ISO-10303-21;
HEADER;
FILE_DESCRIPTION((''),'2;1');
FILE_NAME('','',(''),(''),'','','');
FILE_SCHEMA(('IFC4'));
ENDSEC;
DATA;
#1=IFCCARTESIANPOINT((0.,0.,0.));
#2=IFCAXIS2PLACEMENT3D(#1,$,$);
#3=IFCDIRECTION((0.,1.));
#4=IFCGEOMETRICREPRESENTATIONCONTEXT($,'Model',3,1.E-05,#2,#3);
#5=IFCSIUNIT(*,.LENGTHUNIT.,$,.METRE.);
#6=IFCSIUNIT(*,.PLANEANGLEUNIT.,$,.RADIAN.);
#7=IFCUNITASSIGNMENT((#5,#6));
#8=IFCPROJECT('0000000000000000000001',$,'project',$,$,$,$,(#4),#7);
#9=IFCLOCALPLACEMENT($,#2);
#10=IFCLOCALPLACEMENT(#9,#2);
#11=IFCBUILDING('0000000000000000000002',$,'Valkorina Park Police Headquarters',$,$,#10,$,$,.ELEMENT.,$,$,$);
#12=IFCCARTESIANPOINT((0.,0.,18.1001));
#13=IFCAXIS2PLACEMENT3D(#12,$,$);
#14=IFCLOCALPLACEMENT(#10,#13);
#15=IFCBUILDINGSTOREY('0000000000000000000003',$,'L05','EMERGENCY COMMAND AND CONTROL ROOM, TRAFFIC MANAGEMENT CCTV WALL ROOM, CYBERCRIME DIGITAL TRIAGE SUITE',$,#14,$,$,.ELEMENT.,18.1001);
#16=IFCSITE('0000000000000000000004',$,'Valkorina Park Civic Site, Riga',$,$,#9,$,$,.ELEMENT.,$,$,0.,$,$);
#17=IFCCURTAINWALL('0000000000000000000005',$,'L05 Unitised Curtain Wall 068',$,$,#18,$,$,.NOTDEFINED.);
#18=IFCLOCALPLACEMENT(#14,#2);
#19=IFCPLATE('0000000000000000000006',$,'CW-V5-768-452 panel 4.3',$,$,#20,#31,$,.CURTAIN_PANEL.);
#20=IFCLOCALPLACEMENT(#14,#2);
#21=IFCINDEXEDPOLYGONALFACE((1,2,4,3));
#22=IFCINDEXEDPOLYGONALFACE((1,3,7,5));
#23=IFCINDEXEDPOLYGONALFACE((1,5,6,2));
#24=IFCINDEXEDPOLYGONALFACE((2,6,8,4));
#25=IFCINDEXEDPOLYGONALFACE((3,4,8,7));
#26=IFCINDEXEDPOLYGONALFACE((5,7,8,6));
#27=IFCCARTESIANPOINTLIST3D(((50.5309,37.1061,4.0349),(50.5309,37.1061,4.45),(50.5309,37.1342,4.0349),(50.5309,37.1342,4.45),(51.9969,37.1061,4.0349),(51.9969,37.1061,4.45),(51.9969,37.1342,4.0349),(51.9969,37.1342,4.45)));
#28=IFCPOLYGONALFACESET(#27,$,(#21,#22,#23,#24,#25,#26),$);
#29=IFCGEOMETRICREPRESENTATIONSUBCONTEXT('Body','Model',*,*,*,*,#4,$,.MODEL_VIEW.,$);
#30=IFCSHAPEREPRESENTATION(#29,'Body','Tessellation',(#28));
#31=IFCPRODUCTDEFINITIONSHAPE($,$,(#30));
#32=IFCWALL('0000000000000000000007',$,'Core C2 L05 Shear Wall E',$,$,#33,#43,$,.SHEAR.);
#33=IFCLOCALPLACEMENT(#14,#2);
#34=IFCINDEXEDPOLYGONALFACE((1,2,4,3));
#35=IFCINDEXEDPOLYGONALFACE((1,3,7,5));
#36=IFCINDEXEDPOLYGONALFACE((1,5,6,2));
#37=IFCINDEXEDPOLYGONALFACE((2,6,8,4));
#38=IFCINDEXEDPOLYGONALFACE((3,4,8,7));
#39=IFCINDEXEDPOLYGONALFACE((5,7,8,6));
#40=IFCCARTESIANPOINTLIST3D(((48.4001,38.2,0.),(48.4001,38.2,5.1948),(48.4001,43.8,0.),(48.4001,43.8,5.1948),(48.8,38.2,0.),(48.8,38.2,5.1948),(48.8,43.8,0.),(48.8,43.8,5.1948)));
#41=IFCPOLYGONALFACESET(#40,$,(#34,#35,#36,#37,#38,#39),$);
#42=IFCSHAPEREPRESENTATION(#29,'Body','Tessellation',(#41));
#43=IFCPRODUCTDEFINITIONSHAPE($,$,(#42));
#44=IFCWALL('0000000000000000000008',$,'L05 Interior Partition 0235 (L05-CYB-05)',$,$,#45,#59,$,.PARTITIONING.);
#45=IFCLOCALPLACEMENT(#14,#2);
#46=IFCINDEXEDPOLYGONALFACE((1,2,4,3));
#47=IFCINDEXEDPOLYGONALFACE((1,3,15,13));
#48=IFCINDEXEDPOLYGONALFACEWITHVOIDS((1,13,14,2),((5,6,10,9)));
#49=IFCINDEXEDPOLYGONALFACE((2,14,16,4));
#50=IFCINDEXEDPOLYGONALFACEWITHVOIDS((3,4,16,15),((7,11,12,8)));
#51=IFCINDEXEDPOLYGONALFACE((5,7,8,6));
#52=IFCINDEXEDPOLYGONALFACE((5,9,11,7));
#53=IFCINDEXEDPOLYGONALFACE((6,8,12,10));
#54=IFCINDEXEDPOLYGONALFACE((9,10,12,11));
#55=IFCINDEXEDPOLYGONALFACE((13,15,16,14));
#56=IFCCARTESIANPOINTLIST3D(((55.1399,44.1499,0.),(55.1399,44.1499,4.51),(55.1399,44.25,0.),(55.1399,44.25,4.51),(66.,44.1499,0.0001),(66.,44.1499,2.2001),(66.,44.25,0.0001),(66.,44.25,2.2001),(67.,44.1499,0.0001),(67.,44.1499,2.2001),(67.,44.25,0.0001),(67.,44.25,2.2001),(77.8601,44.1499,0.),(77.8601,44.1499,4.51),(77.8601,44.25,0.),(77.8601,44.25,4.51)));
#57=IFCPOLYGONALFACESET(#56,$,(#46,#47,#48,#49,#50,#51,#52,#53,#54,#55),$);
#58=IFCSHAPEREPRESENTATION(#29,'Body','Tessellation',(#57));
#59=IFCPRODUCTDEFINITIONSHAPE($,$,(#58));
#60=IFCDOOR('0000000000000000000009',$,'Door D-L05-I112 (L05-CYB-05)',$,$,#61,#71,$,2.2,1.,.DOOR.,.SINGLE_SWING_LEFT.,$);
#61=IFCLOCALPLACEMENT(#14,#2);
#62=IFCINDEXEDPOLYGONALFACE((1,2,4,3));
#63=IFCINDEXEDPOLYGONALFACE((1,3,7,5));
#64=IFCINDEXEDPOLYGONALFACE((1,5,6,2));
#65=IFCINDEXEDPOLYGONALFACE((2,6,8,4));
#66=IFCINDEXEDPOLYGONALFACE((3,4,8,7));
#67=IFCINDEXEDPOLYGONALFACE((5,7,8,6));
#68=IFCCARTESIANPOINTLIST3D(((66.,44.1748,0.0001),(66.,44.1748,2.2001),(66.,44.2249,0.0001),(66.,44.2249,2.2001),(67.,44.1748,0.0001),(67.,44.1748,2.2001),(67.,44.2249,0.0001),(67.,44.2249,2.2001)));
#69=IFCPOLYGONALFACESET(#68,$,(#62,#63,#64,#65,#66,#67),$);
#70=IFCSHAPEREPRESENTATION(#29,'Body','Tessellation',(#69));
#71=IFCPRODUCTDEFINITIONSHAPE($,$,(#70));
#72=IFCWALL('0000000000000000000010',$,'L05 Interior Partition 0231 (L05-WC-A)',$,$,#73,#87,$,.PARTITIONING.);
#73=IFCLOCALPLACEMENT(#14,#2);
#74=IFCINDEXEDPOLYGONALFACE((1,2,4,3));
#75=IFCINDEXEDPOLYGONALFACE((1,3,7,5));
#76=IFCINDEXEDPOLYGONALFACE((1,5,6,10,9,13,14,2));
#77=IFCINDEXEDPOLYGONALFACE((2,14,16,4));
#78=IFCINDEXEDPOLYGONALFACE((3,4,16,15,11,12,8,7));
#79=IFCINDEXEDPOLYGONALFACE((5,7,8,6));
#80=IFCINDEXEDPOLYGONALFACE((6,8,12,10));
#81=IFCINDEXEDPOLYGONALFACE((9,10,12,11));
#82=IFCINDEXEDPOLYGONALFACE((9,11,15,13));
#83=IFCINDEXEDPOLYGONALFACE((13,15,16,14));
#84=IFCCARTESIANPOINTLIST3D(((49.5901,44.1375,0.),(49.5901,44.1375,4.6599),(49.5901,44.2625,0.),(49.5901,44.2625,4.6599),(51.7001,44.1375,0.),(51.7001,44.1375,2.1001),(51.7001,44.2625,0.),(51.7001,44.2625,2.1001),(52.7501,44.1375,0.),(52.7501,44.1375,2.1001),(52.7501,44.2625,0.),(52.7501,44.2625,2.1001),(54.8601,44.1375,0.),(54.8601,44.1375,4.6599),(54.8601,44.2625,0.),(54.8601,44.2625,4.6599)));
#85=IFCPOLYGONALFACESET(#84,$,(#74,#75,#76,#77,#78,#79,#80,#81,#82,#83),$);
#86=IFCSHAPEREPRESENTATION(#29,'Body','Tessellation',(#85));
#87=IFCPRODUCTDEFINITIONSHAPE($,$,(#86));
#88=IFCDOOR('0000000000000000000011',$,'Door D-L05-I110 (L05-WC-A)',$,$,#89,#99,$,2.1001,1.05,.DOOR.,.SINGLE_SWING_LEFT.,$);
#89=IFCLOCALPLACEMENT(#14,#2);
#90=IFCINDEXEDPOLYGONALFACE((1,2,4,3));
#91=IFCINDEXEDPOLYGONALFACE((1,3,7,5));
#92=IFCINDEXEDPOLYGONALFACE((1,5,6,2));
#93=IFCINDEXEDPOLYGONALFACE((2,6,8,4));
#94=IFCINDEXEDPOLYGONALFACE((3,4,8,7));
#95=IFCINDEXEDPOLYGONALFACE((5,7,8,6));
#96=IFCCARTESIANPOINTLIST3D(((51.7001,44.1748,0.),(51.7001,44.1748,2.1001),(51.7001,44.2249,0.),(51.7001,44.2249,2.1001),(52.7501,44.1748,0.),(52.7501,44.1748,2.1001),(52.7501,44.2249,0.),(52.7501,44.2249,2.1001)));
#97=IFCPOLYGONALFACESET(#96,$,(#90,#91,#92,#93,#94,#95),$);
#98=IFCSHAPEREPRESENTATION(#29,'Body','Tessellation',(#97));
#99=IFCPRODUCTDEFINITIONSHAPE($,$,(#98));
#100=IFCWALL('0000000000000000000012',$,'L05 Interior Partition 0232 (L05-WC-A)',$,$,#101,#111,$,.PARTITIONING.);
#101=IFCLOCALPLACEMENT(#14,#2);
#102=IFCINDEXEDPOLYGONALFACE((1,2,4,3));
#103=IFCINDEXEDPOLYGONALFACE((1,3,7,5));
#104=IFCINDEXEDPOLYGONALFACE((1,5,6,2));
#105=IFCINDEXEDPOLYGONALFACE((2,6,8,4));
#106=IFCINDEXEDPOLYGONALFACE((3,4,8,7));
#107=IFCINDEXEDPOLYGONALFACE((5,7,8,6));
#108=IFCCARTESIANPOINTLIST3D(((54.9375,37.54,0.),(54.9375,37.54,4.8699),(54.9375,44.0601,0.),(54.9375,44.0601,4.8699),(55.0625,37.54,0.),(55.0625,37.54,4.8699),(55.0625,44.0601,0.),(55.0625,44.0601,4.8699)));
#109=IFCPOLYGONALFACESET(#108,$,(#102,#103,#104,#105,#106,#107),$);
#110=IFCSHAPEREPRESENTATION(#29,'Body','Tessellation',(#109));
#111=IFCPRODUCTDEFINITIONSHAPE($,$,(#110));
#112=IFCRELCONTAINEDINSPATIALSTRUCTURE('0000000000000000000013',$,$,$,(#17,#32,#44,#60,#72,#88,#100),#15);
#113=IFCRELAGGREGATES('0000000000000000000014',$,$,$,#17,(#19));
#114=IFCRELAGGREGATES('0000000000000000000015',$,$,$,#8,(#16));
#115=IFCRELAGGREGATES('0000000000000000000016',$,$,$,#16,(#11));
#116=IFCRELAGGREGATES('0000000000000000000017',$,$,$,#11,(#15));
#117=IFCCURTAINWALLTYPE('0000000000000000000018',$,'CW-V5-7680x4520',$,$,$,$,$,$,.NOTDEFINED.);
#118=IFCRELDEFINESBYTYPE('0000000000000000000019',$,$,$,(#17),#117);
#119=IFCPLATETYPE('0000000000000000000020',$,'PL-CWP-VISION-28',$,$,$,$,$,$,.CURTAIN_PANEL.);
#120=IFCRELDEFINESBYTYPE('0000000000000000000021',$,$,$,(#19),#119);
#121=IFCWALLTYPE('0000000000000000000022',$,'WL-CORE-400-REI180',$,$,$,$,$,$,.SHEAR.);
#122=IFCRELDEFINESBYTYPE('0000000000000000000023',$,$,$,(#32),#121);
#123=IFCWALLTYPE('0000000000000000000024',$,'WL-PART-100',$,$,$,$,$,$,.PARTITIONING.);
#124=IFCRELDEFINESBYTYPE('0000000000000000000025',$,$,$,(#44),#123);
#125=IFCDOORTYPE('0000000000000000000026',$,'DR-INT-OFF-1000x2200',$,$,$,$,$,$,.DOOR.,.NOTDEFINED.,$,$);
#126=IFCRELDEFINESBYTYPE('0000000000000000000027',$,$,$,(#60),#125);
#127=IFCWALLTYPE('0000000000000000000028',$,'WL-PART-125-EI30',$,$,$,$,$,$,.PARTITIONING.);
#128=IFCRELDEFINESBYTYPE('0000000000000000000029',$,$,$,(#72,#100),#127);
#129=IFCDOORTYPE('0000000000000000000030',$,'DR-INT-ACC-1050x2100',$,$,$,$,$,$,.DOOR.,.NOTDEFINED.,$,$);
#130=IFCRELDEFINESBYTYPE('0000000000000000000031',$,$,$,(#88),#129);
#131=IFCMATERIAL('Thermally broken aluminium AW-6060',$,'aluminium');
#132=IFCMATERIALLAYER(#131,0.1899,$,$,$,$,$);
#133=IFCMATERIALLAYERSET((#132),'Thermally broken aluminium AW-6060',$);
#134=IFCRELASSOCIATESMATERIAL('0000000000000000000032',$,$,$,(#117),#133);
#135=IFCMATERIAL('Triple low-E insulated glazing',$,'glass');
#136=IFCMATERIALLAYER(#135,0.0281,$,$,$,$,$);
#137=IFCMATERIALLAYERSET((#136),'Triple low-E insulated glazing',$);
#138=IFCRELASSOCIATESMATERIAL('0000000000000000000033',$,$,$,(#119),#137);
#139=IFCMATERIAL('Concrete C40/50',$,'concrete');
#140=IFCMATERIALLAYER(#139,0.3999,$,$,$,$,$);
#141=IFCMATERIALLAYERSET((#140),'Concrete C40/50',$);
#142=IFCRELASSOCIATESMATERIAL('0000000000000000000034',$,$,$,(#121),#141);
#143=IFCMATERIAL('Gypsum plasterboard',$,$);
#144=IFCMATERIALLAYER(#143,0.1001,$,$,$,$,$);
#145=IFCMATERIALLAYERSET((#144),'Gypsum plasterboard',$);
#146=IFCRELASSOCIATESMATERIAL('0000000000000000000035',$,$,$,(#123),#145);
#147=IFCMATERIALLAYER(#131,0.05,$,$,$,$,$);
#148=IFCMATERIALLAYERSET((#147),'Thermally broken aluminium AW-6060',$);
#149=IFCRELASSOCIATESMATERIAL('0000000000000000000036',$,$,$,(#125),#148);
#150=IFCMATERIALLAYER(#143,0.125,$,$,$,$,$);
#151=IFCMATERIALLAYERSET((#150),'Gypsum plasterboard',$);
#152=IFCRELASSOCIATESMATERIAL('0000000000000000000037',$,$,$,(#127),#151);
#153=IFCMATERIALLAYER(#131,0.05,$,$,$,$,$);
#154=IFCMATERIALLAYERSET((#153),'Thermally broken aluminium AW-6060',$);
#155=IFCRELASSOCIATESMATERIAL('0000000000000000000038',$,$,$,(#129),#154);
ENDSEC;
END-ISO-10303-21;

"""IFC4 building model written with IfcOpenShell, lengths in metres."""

from ifc_helpers import new_model, si_unit, direction, frame, frame_2d, origin, origin_2d, place, context, subcontext, project, spatial, rectangle, extrude, material, layer, layer_set, type_object, element, fill, aggregate, save


model = new_model("IFC4")

# Units and contexts
model_context = context("Model", 3, precision=1e-05, world=origin(), true_north=direction((0.0, 1.0)))
body_context = subcontext(model_context, "Body", "Model", "MODEL_VIEW")
ifc_project = project(units=[si_unit("LENGTHUNIT", "METRE"), si_unit("PLANEANGLEUNIT", "RADIAN")], contexts=[model_context])

# Site, building, storey
site_placement = place(None, origin())
site = spatial("IfcSite", under=ifc_project, at=site_placement, Name="Valkorina Park Civic Site, Riga", CompositionType="ELEMENT", RefElevation=0.0)
building_placement = place(site_placement, origin())
building = spatial("IfcBuilding", under=site, at=building_placement, Name="Valkorina Park Police Headquarters", CompositionType="ELEMENT")
storey_placement = place(building_placement, frame((0.0, 0.0, 18.1001)))
storey = spatial("IfcBuildingStorey", under=building, at=storey_placement, Name="L05", Description="EMERGENCY COMMAND AND CONTROL ROOM, TRAFFIC MANAGEMENT CCTV WALL ROOM, CYBERCRIME DIGITAL TRIAGE SUITE", CompositionType="ELEMENT", Elevation=18.1001)

# Curtain wall, plate
ifc_material_1 = material(Name="Thermally broken aluminium AW-6060", Category="aluminium")
ifc_layer_1 = layer(ifc_material_1, 0.1899)
ifc_layer_set_1 = layer_set([ifc_layer_1], Name="Thermally broken aluminium AW-6060")
curtain_wall_type = type_object("IfcCurtainWallType", Name="CW-V5-7680x4520", PredefinedType="NOTDEFINED", material=ifc_layer_set_1)
curtain_wall_placement = place(storey_placement, origin())
curtain_wall = element("IfcCurtainWall", 1, at=curtain_wall_placement, inside=storey, type_object=curtain_wall_type, Name="L05 Unitised Curtain Wall 068", PredefinedType="NOTDEFINED")
ifc_material_2 = material(Name="Triple low-E insulated glazing", Category="glass")
ifc_layer_2 = layer(ifc_material_2, 0.0281)
ifc_layer_set_2 = layer_set([ifc_layer_2], Name="Triple low-E insulated glazing")
plate_type_1 = type_object("IfcPlateType", Name="PL-CWP-VISION-28", PredefinedType="CURTAIN_PANEL", material=ifc_layer_set_2)
plate_1_placement = place(storey_placement, frame((51.2639, 37.1201, 4.0349), z_axis=(0.0, 0.0, 1.0), x_axis=(-1.0, 0.0, 0.0)))
plate_1 = element("IfcPlate", 2, at=plate_1_placement, type_object=plate_type_1, Name="CW-V5-768-452 panel 4.3", PredefinedType="CURTAIN_PANEL", context=body_context, shape_type="SweptSolid", body=[
    extrude(rectangle(XDim=1.4661, YDim=0.0281, at=origin_2d()), origin(), (0.0, 0.0, 1.0), 0.415),
])
aggregate(curtain_wall, [plate_1])

# Wall
ifc_material_3 = material(Name="Concrete C40/50", Category="concrete")
ifc_layer_3 = layer(ifc_material_3, 0.3999)
ifc_layer_set_3 = layer_set([ifc_layer_3], Name="Concrete C40/50")
wall_type_1 = type_object("IfcWallType", Name="WL-CORE-400-REI180", PredefinedType="SHEAR", material=ifc_layer_set_3)
wall_1_placement = place(storey_placement, frame((48.6001, 38.2, 0.0), z_axis=(0.0, 0.0, 1.0), x_axis=(0.0, 1.0, 0.0)))
element("IfcWall", 3, at=wall_1_placement, inside=storey, type_object=wall_type_1, Name="Core C2 L05 Shear Wall E", PredefinedType="SHEAR", context=body_context, shape_type="SweptSolid", body=[
    extrude(rectangle(XDim=5.6001, YDim=0.3999, at=frame_2d((2.8, 0.0))), origin(), (0.0, 0.0, 1.0), 5.1948),
])

# Walls, openings, doors
ifc_material_4 = material(Name="Gypsum plasterboard")
ifc_layer_4 = layer(ifc_material_4, 0.1001)
ifc_layer_set_4 = layer_set([ifc_layer_4], Name="Gypsum plasterboard")
wall_type_2 = type_object("IfcWallType", Name="WL-PART-100", PredefinedType="PARTITIONING", material=ifc_layer_set_4)
wall_2_placement = place(storey_placement, frame((55.1399, 44.2, 0.0), z_axis=(0.0, 0.0, 1.0), x_axis=(1.0, 0.0, 0.0)))
wall_2 = element("IfcWall", 4, at=wall_2_placement, inside=storey, type_object=wall_type_2, Name="L05 Interior Partition 0235 (L05-CYB-05)", PredefinedType="PARTITIONING", context=body_context, shape_type="SweptSolid", body=[
    extrude(rectangle(XDim=22.7202, YDim=0.1001, at=frame_2d((11.3601, 0.0))), origin(), (0.0, 0.0, 1.0), 4.51),
])
opening_1_placement = place(wall_2_placement, frame((10.8601, 0.0, 0.0)))
opening_1 = element("IfcOpeningElement", 5, at=opening_1_placement, cuts=wall_2, PredefinedType="OPENING", context=body_context, shape_type="SweptSolid", body=[
    extrude(rectangle(XDim=1.0, YDim=2.2, at=frame_2d((0.5, 1.1001))), frame((0.0, 0.0601, 0.0), z_axis=(0.0, -1.0, 0.0), x_axis=(1.0, 0.0, 0.0)), (0.0, 0.0, 1.0), 0.1201),
])
ifc_layer_5 = layer(ifc_material_1, 0.05)
ifc_layer_set_5 = layer_set([ifc_layer_5], Name="Thermally broken aluminium AW-6060")
door_type_1 = type_object("IfcDoorType", Name="DR-INT-OFF-1000x2200", OperationType="NOTDEFINED", PredefinedType="DOOR", material=ifc_layer_set_5)
door_1_placement = place(opening_1_placement, origin())
door_1 = element("IfcDoor", 6, at=door_1_placement, inside=storey, type_object=door_type_1, Name="Door D-L05-I112 (L05-CYB-05)", OperationType="SINGLE_SWING_LEFT", OverallHeight=2.2, OverallWidth=1.0, PredefinedType="DOOR", context=body_context, shape_type="SweptSolid", body=[
    extrude(rectangle(XDim=1.0, YDim=2.2, at=frame_2d((0.5, 1.1001))), frame((0.0, 0.0249, 0.0), z_axis=(0.0, -1.0, 0.0), x_axis=(1.0, 0.0, 0.0)), (0.0, 0.0, 1.0), 0.05),
])
fill(opening_1, door_1)
ifc_layer_6 = layer(ifc_material_4, 0.125)
ifc_layer_set_6 = layer_set([ifc_layer_6], Name="Gypsum plasterboard")
wall_type_3 = type_object("IfcWallType", Name="WL-PART-125-EI30", PredefinedType="PARTITIONING", material=ifc_layer_set_6)
wall_3_placement = place(storey_placement, frame((49.5901, 44.2, 0.0), z_axis=(0.0, 0.0, 1.0), x_axis=(1.0, 0.0, 0.0)))
wall_3 = element("IfcWall", 7, at=wall_3_placement, inside=storey, type_object=wall_type_3, Name="L05 Interior Partition 0231 (L05-WC-A)", PredefinedType="PARTITIONING", context=body_context, shape_type="SweptSolid", body=[
    extrude(rectangle(XDim=5.27, YDim=0.125, at=frame_2d((2.635, 0.0))), origin(), (0.0, 0.0, 1.0), 4.6599),
])
opening_2_placement = place(wall_3_placement, frame((2.1101, 0.0, 0.0)))
opening_2 = element("IfcOpeningElement", 8, at=opening_2_placement, cuts=wall_3, PredefinedType="OPENING", context=body_context, shape_type="SweptSolid", body=[
    extrude(rectangle(XDim=1.05, YDim=2.1001, at=frame_2d((0.5249, 1.05))), frame((0.0, 0.0725, 0.0), z_axis=(0.0, -1.0, 0.0), x_axis=(1.0, 0.0, 0.0)), (0.0, 0.0, 1.0), 0.145),
])
ifc_layer_7 = layer(ifc_material_1, 0.05)
ifc_layer_set_7 = layer_set([ifc_layer_7], Name="Thermally broken aluminium AW-6060")
door_type_2 = type_object("IfcDoorType", Name="DR-INT-ACC-1050x2100", OperationType="NOTDEFINED", PredefinedType="DOOR", material=ifc_layer_set_7)
door_2_placement = place(opening_2_placement, origin())
door_2 = element("IfcDoor", 9, at=door_2_placement, inside=storey, type_object=door_type_2, Name="Door D-L05-I110 (L05-WC-A)", OperationType="SINGLE_SWING_LEFT", OverallHeight=2.1001, OverallWidth=1.05, PredefinedType="DOOR", context=body_context, shape_type="SweptSolid", body=[
    extrude(rectangle(XDim=1.05, YDim=2.1001, at=frame_2d((0.5249, 1.05))), frame((0.0, 0.0249, 0.0), z_axis=(0.0, -1.0, 0.0), x_axis=(1.0, 0.0, 0.0)), (0.0, 0.0, 1.0), 0.05),
])
fill(opening_2, door_2)

# Wall
wall_4_placement = place(storey_placement, frame((55.0, 37.54, 0.0), z_axis=(0.0, 0.0, 1.0), x_axis=(0.0, 1.0, 0.0)))
element("IfcWall", 10, at=wall_4_placement, inside=storey, type_object=wall_type_3, Name="L05 Interior Partition 0232 (L05-WC-A)", PredefinedType="PARTITIONING", context=body_context, shape_type="SweptSolid", body=[
    extrude(rectangle(XDim=6.52, YDim=0.125, at=frame_2d((3.26, 0.0))), origin(), (0.0, 0.0, 1.0), 4.8699),
])

save(model, "model.ifc")
